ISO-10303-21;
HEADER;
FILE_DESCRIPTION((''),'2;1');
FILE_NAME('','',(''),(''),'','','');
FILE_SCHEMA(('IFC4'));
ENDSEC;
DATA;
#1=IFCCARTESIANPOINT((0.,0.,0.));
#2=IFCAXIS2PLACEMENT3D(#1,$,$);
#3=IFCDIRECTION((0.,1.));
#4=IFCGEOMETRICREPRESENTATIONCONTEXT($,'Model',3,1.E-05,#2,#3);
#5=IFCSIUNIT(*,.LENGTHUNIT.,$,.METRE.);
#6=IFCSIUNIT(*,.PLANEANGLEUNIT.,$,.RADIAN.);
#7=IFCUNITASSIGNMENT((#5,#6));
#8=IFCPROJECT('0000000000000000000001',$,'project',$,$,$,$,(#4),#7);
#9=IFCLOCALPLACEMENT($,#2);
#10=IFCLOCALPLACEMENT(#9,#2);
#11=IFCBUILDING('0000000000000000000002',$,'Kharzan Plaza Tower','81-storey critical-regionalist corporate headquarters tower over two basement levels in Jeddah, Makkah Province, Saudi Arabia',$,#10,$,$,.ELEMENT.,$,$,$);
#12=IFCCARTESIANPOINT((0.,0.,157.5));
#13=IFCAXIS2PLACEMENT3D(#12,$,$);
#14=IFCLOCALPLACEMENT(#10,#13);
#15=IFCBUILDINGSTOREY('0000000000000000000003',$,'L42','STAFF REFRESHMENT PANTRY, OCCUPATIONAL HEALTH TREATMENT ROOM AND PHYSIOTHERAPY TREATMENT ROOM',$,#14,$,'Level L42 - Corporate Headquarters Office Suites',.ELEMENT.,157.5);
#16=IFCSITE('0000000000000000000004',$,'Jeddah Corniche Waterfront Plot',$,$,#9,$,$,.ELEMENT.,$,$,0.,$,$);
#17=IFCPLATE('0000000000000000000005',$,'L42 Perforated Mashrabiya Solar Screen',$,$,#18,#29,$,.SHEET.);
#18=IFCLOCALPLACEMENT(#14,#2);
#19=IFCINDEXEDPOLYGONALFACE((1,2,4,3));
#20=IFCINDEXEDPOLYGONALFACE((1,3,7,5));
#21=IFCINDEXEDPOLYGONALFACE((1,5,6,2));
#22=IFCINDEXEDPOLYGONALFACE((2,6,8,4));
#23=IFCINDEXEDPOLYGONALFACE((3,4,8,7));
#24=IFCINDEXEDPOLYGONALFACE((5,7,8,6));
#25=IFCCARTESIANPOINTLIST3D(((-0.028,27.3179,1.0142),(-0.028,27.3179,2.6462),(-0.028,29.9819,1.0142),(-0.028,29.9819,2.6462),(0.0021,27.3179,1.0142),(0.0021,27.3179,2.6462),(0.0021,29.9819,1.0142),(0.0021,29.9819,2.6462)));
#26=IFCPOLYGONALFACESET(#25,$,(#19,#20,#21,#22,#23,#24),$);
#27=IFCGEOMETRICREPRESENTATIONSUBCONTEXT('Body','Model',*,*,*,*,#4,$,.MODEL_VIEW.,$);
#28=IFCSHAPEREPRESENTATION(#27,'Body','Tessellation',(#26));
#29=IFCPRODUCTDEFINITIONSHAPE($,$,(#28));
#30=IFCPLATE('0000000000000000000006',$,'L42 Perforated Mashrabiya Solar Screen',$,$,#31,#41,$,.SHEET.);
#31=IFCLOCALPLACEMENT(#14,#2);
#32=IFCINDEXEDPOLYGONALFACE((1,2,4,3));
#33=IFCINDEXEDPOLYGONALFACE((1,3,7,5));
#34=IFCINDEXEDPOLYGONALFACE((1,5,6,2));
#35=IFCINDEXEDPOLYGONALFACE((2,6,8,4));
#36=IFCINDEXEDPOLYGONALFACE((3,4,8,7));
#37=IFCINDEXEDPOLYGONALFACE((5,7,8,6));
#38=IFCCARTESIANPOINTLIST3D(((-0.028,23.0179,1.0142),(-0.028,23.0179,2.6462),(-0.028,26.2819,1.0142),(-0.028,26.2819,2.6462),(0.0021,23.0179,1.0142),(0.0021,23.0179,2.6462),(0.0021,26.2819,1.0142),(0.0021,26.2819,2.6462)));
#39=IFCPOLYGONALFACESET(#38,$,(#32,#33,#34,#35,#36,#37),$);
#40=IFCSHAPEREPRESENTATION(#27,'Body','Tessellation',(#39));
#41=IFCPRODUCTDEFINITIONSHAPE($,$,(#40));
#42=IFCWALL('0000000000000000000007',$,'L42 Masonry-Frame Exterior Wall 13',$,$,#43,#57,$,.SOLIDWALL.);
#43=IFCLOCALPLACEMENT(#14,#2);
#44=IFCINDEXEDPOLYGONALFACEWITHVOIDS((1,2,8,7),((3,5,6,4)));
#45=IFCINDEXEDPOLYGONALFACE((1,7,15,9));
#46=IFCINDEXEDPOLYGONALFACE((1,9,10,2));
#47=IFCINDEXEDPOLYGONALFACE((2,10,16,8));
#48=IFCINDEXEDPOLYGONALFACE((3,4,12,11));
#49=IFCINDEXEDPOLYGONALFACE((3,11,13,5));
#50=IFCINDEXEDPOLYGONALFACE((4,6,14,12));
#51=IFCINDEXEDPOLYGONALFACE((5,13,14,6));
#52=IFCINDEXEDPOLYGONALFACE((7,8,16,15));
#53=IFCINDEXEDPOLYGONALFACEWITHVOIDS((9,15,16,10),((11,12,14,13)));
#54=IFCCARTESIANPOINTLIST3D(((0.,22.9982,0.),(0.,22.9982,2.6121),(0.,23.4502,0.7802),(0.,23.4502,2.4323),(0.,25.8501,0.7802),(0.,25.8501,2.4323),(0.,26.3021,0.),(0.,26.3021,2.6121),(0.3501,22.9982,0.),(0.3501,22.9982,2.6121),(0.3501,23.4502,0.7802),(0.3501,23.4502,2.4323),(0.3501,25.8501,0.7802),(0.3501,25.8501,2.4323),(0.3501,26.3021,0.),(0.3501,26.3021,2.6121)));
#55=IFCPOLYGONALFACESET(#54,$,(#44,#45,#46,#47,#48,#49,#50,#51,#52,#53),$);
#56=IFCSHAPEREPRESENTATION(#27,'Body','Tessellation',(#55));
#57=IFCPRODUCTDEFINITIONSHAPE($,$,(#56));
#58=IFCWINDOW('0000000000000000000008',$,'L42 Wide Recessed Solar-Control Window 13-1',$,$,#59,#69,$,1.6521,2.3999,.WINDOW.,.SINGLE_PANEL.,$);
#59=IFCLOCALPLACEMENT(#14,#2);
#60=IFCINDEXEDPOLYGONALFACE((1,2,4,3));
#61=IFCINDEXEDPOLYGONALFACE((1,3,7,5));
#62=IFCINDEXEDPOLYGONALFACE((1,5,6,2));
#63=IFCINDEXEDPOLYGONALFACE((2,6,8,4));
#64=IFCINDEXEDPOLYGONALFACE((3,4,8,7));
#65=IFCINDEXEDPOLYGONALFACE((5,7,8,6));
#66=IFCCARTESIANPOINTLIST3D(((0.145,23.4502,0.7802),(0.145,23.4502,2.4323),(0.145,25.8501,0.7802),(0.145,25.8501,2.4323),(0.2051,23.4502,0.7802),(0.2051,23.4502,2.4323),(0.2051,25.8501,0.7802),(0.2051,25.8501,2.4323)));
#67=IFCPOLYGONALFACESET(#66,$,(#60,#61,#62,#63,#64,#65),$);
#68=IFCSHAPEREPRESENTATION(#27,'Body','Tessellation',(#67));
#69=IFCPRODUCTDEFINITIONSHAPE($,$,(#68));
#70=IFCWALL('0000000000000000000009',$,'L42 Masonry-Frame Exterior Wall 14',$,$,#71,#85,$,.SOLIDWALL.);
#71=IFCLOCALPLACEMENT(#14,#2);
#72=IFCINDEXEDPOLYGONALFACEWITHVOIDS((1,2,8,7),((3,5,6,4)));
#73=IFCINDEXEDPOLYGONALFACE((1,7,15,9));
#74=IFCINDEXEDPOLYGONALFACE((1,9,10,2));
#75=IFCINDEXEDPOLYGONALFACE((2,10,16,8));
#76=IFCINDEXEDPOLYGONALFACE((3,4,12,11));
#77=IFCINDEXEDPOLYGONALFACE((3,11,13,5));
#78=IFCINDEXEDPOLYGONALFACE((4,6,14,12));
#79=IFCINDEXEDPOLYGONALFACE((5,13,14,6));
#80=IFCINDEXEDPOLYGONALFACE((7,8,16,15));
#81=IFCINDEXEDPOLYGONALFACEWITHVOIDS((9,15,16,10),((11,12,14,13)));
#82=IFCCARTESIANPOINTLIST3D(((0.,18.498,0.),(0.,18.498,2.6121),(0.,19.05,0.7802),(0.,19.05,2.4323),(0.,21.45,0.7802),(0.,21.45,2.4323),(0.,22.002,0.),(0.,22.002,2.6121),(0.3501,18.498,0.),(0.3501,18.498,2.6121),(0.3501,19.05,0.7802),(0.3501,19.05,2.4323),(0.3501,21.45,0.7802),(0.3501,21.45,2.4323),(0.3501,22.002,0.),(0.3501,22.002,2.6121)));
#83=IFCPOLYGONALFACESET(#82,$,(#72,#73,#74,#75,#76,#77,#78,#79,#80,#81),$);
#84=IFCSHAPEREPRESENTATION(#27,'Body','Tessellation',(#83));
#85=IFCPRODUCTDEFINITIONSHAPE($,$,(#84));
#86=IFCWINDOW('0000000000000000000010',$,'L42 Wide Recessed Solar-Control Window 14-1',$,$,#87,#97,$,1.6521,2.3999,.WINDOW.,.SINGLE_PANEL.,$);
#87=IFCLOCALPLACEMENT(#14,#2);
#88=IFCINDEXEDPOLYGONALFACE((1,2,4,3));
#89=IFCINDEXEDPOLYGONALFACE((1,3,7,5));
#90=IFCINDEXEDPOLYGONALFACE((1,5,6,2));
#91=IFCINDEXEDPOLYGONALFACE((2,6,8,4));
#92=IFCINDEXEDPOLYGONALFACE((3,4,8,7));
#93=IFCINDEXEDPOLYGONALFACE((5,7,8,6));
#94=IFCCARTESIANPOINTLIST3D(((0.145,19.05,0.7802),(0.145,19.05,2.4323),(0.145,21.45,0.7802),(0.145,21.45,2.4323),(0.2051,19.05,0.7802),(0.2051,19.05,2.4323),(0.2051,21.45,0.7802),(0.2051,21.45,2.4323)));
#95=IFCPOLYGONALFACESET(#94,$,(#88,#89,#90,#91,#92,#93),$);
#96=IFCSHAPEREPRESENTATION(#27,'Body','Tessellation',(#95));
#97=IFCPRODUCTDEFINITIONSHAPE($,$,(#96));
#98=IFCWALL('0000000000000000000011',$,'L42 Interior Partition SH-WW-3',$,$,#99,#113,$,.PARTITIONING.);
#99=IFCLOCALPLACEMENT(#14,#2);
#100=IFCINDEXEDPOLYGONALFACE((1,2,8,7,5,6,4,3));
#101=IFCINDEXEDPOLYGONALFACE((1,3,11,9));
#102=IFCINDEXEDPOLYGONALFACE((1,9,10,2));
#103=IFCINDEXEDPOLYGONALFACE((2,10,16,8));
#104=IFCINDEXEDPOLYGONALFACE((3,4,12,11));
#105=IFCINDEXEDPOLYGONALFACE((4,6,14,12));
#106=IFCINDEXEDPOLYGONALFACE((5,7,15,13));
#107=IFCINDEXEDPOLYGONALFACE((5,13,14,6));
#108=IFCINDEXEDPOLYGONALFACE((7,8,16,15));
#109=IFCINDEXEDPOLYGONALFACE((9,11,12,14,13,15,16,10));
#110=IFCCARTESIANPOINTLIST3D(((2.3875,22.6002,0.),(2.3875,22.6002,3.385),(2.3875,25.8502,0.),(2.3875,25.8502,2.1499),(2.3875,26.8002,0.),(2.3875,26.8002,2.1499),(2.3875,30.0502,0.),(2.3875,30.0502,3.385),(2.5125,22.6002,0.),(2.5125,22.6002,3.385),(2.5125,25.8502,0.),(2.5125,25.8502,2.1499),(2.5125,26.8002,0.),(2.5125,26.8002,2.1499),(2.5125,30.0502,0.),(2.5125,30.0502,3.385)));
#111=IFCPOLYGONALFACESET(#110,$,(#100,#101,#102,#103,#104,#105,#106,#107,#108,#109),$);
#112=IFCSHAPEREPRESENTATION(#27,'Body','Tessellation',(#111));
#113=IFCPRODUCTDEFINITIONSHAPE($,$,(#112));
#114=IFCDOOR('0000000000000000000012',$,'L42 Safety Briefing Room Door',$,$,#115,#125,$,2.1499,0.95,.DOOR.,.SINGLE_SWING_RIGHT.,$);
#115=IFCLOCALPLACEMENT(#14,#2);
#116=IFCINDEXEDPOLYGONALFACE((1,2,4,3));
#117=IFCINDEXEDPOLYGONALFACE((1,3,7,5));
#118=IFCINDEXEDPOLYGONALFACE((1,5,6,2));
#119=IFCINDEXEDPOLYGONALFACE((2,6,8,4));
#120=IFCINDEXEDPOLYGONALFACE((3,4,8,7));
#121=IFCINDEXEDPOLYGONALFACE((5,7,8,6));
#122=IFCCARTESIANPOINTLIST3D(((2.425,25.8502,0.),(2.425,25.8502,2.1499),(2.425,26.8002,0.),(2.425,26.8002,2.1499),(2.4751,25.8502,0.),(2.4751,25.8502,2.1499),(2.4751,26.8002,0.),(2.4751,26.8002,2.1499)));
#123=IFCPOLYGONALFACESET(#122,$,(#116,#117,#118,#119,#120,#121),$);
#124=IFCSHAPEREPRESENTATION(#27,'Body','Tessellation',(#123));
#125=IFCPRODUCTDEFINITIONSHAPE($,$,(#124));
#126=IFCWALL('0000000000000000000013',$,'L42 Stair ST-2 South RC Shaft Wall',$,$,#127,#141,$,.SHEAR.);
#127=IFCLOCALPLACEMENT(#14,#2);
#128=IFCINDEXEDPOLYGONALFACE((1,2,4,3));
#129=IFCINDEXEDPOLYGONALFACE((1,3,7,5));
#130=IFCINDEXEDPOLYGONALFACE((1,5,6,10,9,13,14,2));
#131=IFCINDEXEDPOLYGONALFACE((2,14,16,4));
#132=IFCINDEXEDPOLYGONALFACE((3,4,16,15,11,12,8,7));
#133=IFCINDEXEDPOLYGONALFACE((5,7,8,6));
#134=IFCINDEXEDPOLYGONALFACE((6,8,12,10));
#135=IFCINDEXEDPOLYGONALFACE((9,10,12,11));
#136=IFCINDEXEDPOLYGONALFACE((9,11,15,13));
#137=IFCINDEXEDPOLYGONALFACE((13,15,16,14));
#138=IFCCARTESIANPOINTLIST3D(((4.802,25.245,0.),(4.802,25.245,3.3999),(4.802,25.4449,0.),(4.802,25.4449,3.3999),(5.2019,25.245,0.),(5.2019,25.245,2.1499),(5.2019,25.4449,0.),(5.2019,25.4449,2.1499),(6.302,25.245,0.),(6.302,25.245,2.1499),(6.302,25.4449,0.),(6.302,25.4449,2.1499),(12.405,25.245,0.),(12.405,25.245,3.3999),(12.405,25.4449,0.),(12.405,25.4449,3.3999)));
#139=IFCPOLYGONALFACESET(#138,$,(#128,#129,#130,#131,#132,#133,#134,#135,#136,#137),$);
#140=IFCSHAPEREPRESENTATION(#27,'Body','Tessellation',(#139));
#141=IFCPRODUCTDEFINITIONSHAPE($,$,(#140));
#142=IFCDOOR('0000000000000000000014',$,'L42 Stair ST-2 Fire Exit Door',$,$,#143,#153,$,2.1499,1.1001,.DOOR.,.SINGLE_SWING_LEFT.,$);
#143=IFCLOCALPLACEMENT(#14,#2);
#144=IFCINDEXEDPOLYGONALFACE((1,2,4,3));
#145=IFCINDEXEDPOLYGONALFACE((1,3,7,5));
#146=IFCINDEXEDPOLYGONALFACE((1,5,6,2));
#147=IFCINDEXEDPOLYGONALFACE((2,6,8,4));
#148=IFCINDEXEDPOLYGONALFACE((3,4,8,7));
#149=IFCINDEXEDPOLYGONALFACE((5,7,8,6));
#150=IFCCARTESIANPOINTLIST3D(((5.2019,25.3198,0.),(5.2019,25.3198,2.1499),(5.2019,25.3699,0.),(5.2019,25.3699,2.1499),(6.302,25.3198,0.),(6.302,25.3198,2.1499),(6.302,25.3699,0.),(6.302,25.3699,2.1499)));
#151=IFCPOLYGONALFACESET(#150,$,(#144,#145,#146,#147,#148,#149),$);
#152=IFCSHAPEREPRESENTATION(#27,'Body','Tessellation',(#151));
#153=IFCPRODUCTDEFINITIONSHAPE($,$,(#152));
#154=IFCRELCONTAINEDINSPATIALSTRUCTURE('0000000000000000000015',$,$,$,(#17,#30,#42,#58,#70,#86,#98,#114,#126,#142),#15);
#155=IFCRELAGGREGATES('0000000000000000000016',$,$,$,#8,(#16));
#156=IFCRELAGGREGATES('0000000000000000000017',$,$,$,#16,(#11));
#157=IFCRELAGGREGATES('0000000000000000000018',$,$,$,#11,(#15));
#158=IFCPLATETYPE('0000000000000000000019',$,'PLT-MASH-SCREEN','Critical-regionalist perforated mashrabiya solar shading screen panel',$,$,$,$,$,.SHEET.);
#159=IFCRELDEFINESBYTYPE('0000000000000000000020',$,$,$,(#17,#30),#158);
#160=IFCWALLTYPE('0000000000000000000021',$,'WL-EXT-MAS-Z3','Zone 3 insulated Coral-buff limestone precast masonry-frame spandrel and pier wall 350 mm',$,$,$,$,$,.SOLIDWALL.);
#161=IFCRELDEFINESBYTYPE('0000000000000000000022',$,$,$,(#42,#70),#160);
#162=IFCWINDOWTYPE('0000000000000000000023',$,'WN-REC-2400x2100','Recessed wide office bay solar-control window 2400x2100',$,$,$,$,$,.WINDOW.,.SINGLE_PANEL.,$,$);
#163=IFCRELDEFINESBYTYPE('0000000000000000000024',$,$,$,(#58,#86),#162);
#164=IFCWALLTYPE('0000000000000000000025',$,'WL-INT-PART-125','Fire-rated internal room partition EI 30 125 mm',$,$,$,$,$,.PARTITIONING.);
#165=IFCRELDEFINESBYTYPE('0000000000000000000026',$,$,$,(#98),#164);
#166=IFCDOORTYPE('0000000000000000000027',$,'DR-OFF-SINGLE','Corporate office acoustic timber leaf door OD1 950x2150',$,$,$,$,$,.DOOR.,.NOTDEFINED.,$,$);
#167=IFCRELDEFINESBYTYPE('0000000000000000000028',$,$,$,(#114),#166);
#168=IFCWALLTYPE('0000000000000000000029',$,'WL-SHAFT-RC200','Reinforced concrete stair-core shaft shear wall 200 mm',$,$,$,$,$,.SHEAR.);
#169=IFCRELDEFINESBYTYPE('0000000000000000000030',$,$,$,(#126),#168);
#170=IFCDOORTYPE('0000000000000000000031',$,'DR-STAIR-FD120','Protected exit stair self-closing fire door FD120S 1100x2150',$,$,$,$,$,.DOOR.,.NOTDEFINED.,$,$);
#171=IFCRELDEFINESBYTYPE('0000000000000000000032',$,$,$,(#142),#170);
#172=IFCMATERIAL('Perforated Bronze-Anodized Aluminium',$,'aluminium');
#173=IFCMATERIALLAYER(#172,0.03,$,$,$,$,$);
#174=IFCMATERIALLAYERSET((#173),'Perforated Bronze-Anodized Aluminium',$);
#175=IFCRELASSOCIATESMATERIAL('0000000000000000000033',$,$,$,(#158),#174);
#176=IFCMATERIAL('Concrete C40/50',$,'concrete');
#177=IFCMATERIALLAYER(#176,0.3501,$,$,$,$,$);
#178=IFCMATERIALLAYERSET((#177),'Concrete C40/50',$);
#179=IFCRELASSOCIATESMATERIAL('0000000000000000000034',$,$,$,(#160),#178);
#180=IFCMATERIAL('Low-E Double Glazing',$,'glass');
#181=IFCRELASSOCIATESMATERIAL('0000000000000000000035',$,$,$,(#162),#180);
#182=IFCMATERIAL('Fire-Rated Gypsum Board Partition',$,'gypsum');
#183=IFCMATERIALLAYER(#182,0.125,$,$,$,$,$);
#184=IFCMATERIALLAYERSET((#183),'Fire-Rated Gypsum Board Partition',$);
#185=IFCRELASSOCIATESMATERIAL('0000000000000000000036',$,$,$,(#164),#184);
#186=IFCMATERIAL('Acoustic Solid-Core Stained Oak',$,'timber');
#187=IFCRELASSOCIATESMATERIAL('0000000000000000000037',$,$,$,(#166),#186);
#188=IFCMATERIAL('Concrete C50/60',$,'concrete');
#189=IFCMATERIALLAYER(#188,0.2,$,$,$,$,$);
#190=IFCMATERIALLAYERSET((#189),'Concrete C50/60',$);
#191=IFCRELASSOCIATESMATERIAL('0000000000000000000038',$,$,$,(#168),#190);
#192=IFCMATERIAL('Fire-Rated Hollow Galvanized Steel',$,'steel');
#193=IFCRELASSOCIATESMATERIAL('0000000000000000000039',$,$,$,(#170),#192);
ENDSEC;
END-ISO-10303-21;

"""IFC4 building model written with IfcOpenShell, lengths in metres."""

from ifc_helpers import new_model, si_unit, direction, frame, frame_2d, origin, origin_2d, place, context, subcontext, project, spatial, rectangle, extrude, source, transform, mapped, material, layer, layer_set, type_object, element, fill, save


model = new_model("IFC4")

# Units and contexts
model_context = context("Model", 3, precision=1e-05, world=origin(), true_north=direction((0.0, 1.0)))
body_context = subcontext(model_context, "Body", "Model", "MODEL_VIEW")
ifc_project = project(units=[si_unit("LENGTHUNIT", "METRE"), si_unit("PLANEANGLEUNIT", "RADIAN")], contexts=[model_context])

# Site, building, storey
site_placement = place(None, origin())
site = spatial("IfcSite", under=ifc_project, at=site_placement, Name="Jeddah Corniche Waterfront Plot", CompositionType="ELEMENT", RefElevation=0.0)
building_placement = place(site_placement, origin())
building = spatial("IfcBuilding", under=site, at=building_placement, Name="Kharzan Plaza Tower", Description="81-storey critical-regionalist corporate headquarters tower over two basement levels in Jeddah, Makkah Province, Saudi Arabia", CompositionType="ELEMENT")
storey_placement = place(building_placement, frame((0.0, 0.0, 157.5)))
storey = spatial("IfcBuildingStorey", under=building, at=storey_placement, Name="L42", Description="STAFF REFRESHMENT PANTRY, OCCUPATIONAL HEALTH TREATMENT ROOM AND PHYSIOTHERAPY TREATMENT ROOM", LongName="Level L42 - Corporate Headquarters Office Suites", CompositionType="ELEMENT", Elevation=157.5)

# Shared definitions
ifc_material_1 = material(Name="Concrete C50/60", Category="concrete")

# Plates
ifc_material_2 = material(Name="Perforated Bronze-Anodized Aluminium", Category="aluminium")
ifc_layer_1 = layer(ifc_material_2, 0.03)
ifc_layer_set_1 = layer_set([ifc_layer_1], Name="Perforated Bronze-Anodized Aluminium")
plate_type = type_object("IfcPlateType", Name="PLT-MASH-SCREEN", Description="Critical-regionalist perforated mashrabiya solar shading screen panel", PredefinedType="SHEET", material=ifc_layer_set_1)
shared_shape_1 = source(origin(), body_context, "Body", "SweptSolid", [
    extrude(rectangle(XDim=2.6641, YDim=0.03, at=origin_2d()), origin(), (0.0, 0.0, 1.0), 1.6321),
])
plate_1_placement = place(storey_placement, frame((-0.0129, 28.6499, 1.0142), z_axis=(0.0, 0.0, 1.0), x_axis=(0.0, -1.0, 0.0)))
element("IfcPlate", 1, at=plate_1_placement, inside=storey, type_object=plate_type, Name="L42 Perforated Mashrabiya Solar Screen", PredefinedType="SHEET", context=body_context, shape_type="MappedRepresentation", body=[
    mapped(shared_shape_1, transform((0.0, 0.0, 0.0), x_axis=(1.0, 0.0, 0.0), y_axis=(0.0, 1.0, 0.0), z_axis=(0.0, 0.0, 1.0))),
])
shared_shape_2 = source(origin(), body_context, "Body", "SweptSolid", [
    extrude(rectangle(XDim=3.2639, YDim=0.03, at=origin_2d()), origin(), (0.0, 0.0, 1.0), 1.6321),
])
plate_2_placement = place(storey_placement, frame((-0.0129, 24.6499, 1.0142), z_axis=(0.0, 0.0, 1.0), x_axis=(0.0, -1.0, 0.0)))
element("IfcPlate", 2, at=plate_2_placement, inside=storey, type_object=plate_type, Name="L42 Perforated Mashrabiya Solar Screen", PredefinedType="SHEET", context=body_context, shape_type="MappedRepresentation", body=[
    mapped(shared_shape_2, transform((0.0, 0.0, 0.0), x_axis=(1.0, 0.0, 0.0), y_axis=(0.0, 1.0, 0.0), z_axis=(0.0, 0.0, 1.0))),
])

# Walls, openings, windows
ifc_material_3 = material(Name="Concrete C40/50", Category="concrete")
ifc_layer_2 = layer(ifc_material_3, 0.3501)
ifc_layer_set_2 = layer_set([ifc_layer_2], Name="Concrete C40/50")
wall_type_1 = type_object("IfcWallType", Name="WL-EXT-MAS-Z3", Description="Zone 3 insulated Coral-buff limestone precast masonry-frame spandrel and pier wall 350 mm", PredefinedType="SOLIDWALL", material=ifc_layer_set_2)
wall_1_placement = place(storey_placement, frame((0.175, 26.302, 0.0), z_axis=(0.0, 0.0, 1.0), x_axis=(0.0, -1.0, 0.0)))
wall_1 = element("IfcWall", 3, at=wall_1_placement, inside=storey, type_object=wall_type_1, Name="L42 Masonry-Frame Exterior Wall 13", PredefinedType="SOLIDWALL", context=body_context, shape_type="SweptSolid", body=[
    extrude(rectangle(XDim=3.304, YDim=0.3501, at=frame_2d((1.6519, 0.0))), origin(), (0.0, 0.0, 1.0), 2.6121),
])
opening_1_placement = place(wall_1_placement, frame((0.4519, 0.0, 0.78)))
opening_1 = element("IfcOpeningElement", 4, at=opening_1_placement, cuts=wall_1, PredefinedType="OPENING", context=body_context, shape_type="SweptSolid", body=[
    extrude(rectangle(XDim=2.3999, YDim=1.6521, at=frame_2d((1.2, 0.8262))), frame((0.0, 0.1851, 0.0), z_axis=(0.0, -1.0, 0.0), x_axis=(1.0, 0.0, 0.0)), (0.0, 0.0, 1.0), 0.3701),
])
ifc_material_4 = material(Name="Low-E Double Glazing", Category="glass")
window_type = type_object("IfcWindowType", Name="WN-REC-2400x2100", Description="Recessed wide office bay solar-control window 2400x2100", PartitioningType="SINGLE_PANEL", PredefinedType="WINDOW", material=ifc_material_4)
shared_shape_3 = source(origin(), body_context, "Body", "SweptSolid", [
    extrude(rectangle(XDim=2.3999, YDim=1.6521, at=frame_2d((1.2, 0.8262))), frame((0.0, 0.03, 0.0), z_axis=(0.0, -1.0, 0.0), x_axis=(1.0, 0.0, 0.0)), (0.0, 0.0, 1.0), 0.0601),
])
window_1_placement = place(opening_1_placement, origin())
window_1 = element("IfcWindow", 5, at=window_1_placement, inside=storey, type_object=window_type, Name="L42 Wide Recessed Solar-Control Window 13-1", OverallHeight=1.6521, OverallWidth=2.3999, PartitioningType="SINGLE_PANEL", PredefinedType="WINDOW", context=body_context, shape_type="MappedRepresentation", body=[
    mapped(shared_shape_3, transform((0.0, 0.0, 0.0), x_axis=(1.0, 0.0, 0.0), y_axis=(0.0, 1.0, 0.0), z_axis=(0.0, 0.0, 1.0))),
])
fill(opening_1, window_1)
wall_2_placement = place(storey_placement, frame((0.175, 22.002, 0.0), z_axis=(0.0, 0.0, 1.0), x_axis=(0.0, -1.0, 0.0)))
wall_2 = element("IfcWall", 6, at=wall_2_placement, inside=storey, type_object=wall_type_1, Name="L42 Masonry-Frame Exterior Wall 14", PredefinedType="SOLIDWALL", context=body_context, shape_type="SweptSolid", body=[
    extrude(rectangle(XDim=3.5039, YDim=0.3501, at=frame_2d((1.752, 0.0))), origin(), (0.0, 0.0, 1.0), 2.6121),
])
opening_2_placement = place(wall_2_placement, frame((0.552, 0.0, 0.78)))
opening_2 = element("IfcOpeningElement", 7, at=opening_2_placement, cuts=wall_2, PredefinedType="OPENING", context=body_context, shape_type="SweptSolid", body=[
    extrude(rectangle(XDim=2.3999, YDim=1.6521, at=frame_2d((1.2, 0.8262))), frame((0.0, 0.1851, 0.0), z_axis=(0.0, -1.0, 0.0), x_axis=(1.0, 0.0, 0.0)), (0.0, 0.0, 1.0), 0.3701),
])
window_2_placement = place(opening_2_placement, origin())
window_2 = element("IfcWindow", 8, at=window_2_placement, inside=storey, type_object=window_type, Name="L42 Wide Recessed Solar-Control Window 14-1", OverallHeight=1.6521, OverallWidth=2.3999, PartitioningType="SINGLE_PANEL", PredefinedType="WINDOW", context=body_context, shape_type="MappedRepresentation", body=[
    mapped(shared_shape_3, transform((0.0, 0.0, 0.0), x_axis=(1.0, 0.0, 0.0), y_axis=(0.0, 1.0, 0.0), z_axis=(0.0, 0.0, 1.0))),
])
fill(opening_2, window_2)

# Walls, openings, doors
ifc_material_5 = material(Name="Fire-Rated Gypsum Board Partition", Category="gypsum")
ifc_layer_3 = layer(ifc_material_5, 0.125)
ifc_layer_set_3 = layer_set([ifc_layer_3], Name="Fire-Rated Gypsum Board Partition")
wall_type_2 = type_object("IfcWallType", Name="WL-INT-PART-125", Description="Fire-rated internal room partition EI 30 125 mm", PredefinedType="PARTITIONING", material=ifc_layer_set_3)
wall_3_placement = place(storey_placement, frame((2.45, 22.6001, 0.0), z_axis=(0.0, 0.0, 1.0), x_axis=(0.0, 1.0, 0.0)))
wall_3 = element("IfcWall", 9, at=wall_3_placement, inside=storey, type_object=wall_type_2, Name="L42 Interior Partition SH-WW-3", PredefinedType="PARTITIONING", context=body_context, shape_type="SweptSolid", body=[
    extrude(rectangle(XDim=7.45, YDim=0.125, at=frame_2d((3.7251, 0.0))), origin(), (0.0, 0.0, 1.0), 3.385),
])
opening_3_placement = place(wall_3_placement, frame((3.25, 0.0, 0.0)))
opening_3 = element("IfcOpeningElement", 10, at=opening_3_placement, cuts=wall_3, PredefinedType="OPENING", context=body_context, shape_type="SweptSolid", body=[
    extrude(rectangle(XDim=0.95, YDim=2.1499, at=frame_2d((0.4751, 1.075))), frame((0.0, 0.0725, 0.0), z_axis=(0.0, -1.0, 0.0), x_axis=(1.0, 0.0, 0.0)), (0.0, 0.0, 1.0), 0.145),
])
ifc_material_6 = material(Name="Acoustic Solid-Core Stained Oak", Category="timber")
door_type_1 = type_object("IfcDoorType", Name="DR-OFF-SINGLE", Description="Corporate office acoustic timber leaf door OD1 950x2150", OperationType="NOTDEFINED", PredefinedType="DOOR", material=ifc_material_6)
shared_shape_4 = source(origin(), body_context, "Body", "SweptSolid", [
    extrude(rectangle(XDim=0.95, YDim=2.1499, at=frame_2d((0.4751, 1.075))), frame((0.0, 0.0249, 0.0), z_axis=(0.0, -1.0, 0.0), x_axis=(1.0, 0.0, 0.0)), (0.0, 0.0, 1.0), 0.05),
])
door_1_placement = place(opening_3_placement, origin())
door_1 = element("IfcDoor", 11, at=door_1_placement, inside=storey, type_object=door_type_1, Name="L42 Safety Briefing Room Door", OperationType="SINGLE_SWING_RIGHT", OverallHeight=2.1499, OverallWidth=0.95, PredefinedType="DOOR", context=body_context, shape_type="MappedRepresentation", body=[
    mapped(shared_shape_4, transform((0.0, 0.0, 0.0), x_axis=(1.0, 0.0, 0.0), y_axis=(0.0, 1.0, 0.0), z_axis=(0.0, 0.0, 1.0))),
])
fill(opening_3, door_1)
ifc_layer_4 = layer(ifc_material_1, 0.2)
ifc_layer_set_4 = layer_set([ifc_layer_4], Name="Concrete C50/60")
wall_type_3 = type_object("IfcWallType", Name="WL-SHAFT-RC200", Description="Reinforced concrete stair-core shaft shear wall 200 mm", PredefinedType="SHEAR", material=ifc_layer_set_4)
wall_4_placement = place(storey_placement, frame((4.802, 25.345, 0.0), z_axis=(0.0, 0.0, 1.0), x_axis=(1.0, 0.0, 0.0)))
wall_4 = element("IfcWall", 12, at=wall_4_placement, inside=storey, type_object=wall_type_3, Name="L42 Stair ST-2 South RC Shaft Wall", PredefinedType="SHEAR", context=body_context, shape_type="SweptSolid", body=[
    extrude(rectangle(XDim=7.603, YDim=0.2, at=frame_2d((3.8015, 0.0))), origin(), (0.0, 0.0, 1.0), 3.3999),
])
opening_4_placement = place(wall_4_placement, frame((0.3999, 0.0, 0.0)))
opening_4 = element("IfcOpeningElement", 13, at=opening_4_placement, cuts=wall_4, PredefinedType="OPENING", context=body_context, shape_type="SweptSolid", body=[
    extrude(rectangle(XDim=1.1001, YDim=2.1499, at=frame_2d((0.55, 1.075))), frame((0.0, 0.1099, 0.0), z_axis=(0.0, -1.0, 0.0), x_axis=(1.0, 0.0, 0.0)), (0.0, 0.0, 1.0), 0.22),
])
ifc_material_7 = material(Name="Fire-Rated Hollow Galvanized Steel", Category="steel")
door_type_2 = type_object("IfcDoorType", Name="DR-STAIR-FD120", Description="Protected exit stair self-closing fire door FD120S 1100x2150", OperationType="NOTDEFINED", PredefinedType="DOOR", material=ifc_material_7)
shared_shape_5 = source(origin(), body_context, "Body", "SweptSolid", [
    extrude(rectangle(XDim=1.1001, YDim=2.1499, at=frame_2d((0.55, 1.075))), frame((0.0, 0.0249, 0.0), z_axis=(0.0, -1.0, 0.0), x_axis=(1.0, 0.0, 0.0)), (0.0, 0.0, 1.0), 0.05),
])
door_2_placement = place(opening_4_placement, origin())
door_2 = element("IfcDoor", 14, at=door_2_placement, inside=storey, type_object=door_type_2, Name="L42 Stair ST-2 Fire Exit Door", OperationType="SINGLE_SWING_LEFT", OverallHeight=2.1499, OverallWidth=1.1001, PredefinedType="DOOR", context=body_context, shape_type="MappedRepresentation", body=[
    mapped(shared_shape_5, transform((0.0, 0.0, 0.0), x_axis=(1.0, 0.0, 0.0), y_axis=(0.0, 1.0, 0.0), z_axis=(0.0, 0.0, 1.0))),
])
fill(opening_4, door_2)

save(model, "model.ifc")
